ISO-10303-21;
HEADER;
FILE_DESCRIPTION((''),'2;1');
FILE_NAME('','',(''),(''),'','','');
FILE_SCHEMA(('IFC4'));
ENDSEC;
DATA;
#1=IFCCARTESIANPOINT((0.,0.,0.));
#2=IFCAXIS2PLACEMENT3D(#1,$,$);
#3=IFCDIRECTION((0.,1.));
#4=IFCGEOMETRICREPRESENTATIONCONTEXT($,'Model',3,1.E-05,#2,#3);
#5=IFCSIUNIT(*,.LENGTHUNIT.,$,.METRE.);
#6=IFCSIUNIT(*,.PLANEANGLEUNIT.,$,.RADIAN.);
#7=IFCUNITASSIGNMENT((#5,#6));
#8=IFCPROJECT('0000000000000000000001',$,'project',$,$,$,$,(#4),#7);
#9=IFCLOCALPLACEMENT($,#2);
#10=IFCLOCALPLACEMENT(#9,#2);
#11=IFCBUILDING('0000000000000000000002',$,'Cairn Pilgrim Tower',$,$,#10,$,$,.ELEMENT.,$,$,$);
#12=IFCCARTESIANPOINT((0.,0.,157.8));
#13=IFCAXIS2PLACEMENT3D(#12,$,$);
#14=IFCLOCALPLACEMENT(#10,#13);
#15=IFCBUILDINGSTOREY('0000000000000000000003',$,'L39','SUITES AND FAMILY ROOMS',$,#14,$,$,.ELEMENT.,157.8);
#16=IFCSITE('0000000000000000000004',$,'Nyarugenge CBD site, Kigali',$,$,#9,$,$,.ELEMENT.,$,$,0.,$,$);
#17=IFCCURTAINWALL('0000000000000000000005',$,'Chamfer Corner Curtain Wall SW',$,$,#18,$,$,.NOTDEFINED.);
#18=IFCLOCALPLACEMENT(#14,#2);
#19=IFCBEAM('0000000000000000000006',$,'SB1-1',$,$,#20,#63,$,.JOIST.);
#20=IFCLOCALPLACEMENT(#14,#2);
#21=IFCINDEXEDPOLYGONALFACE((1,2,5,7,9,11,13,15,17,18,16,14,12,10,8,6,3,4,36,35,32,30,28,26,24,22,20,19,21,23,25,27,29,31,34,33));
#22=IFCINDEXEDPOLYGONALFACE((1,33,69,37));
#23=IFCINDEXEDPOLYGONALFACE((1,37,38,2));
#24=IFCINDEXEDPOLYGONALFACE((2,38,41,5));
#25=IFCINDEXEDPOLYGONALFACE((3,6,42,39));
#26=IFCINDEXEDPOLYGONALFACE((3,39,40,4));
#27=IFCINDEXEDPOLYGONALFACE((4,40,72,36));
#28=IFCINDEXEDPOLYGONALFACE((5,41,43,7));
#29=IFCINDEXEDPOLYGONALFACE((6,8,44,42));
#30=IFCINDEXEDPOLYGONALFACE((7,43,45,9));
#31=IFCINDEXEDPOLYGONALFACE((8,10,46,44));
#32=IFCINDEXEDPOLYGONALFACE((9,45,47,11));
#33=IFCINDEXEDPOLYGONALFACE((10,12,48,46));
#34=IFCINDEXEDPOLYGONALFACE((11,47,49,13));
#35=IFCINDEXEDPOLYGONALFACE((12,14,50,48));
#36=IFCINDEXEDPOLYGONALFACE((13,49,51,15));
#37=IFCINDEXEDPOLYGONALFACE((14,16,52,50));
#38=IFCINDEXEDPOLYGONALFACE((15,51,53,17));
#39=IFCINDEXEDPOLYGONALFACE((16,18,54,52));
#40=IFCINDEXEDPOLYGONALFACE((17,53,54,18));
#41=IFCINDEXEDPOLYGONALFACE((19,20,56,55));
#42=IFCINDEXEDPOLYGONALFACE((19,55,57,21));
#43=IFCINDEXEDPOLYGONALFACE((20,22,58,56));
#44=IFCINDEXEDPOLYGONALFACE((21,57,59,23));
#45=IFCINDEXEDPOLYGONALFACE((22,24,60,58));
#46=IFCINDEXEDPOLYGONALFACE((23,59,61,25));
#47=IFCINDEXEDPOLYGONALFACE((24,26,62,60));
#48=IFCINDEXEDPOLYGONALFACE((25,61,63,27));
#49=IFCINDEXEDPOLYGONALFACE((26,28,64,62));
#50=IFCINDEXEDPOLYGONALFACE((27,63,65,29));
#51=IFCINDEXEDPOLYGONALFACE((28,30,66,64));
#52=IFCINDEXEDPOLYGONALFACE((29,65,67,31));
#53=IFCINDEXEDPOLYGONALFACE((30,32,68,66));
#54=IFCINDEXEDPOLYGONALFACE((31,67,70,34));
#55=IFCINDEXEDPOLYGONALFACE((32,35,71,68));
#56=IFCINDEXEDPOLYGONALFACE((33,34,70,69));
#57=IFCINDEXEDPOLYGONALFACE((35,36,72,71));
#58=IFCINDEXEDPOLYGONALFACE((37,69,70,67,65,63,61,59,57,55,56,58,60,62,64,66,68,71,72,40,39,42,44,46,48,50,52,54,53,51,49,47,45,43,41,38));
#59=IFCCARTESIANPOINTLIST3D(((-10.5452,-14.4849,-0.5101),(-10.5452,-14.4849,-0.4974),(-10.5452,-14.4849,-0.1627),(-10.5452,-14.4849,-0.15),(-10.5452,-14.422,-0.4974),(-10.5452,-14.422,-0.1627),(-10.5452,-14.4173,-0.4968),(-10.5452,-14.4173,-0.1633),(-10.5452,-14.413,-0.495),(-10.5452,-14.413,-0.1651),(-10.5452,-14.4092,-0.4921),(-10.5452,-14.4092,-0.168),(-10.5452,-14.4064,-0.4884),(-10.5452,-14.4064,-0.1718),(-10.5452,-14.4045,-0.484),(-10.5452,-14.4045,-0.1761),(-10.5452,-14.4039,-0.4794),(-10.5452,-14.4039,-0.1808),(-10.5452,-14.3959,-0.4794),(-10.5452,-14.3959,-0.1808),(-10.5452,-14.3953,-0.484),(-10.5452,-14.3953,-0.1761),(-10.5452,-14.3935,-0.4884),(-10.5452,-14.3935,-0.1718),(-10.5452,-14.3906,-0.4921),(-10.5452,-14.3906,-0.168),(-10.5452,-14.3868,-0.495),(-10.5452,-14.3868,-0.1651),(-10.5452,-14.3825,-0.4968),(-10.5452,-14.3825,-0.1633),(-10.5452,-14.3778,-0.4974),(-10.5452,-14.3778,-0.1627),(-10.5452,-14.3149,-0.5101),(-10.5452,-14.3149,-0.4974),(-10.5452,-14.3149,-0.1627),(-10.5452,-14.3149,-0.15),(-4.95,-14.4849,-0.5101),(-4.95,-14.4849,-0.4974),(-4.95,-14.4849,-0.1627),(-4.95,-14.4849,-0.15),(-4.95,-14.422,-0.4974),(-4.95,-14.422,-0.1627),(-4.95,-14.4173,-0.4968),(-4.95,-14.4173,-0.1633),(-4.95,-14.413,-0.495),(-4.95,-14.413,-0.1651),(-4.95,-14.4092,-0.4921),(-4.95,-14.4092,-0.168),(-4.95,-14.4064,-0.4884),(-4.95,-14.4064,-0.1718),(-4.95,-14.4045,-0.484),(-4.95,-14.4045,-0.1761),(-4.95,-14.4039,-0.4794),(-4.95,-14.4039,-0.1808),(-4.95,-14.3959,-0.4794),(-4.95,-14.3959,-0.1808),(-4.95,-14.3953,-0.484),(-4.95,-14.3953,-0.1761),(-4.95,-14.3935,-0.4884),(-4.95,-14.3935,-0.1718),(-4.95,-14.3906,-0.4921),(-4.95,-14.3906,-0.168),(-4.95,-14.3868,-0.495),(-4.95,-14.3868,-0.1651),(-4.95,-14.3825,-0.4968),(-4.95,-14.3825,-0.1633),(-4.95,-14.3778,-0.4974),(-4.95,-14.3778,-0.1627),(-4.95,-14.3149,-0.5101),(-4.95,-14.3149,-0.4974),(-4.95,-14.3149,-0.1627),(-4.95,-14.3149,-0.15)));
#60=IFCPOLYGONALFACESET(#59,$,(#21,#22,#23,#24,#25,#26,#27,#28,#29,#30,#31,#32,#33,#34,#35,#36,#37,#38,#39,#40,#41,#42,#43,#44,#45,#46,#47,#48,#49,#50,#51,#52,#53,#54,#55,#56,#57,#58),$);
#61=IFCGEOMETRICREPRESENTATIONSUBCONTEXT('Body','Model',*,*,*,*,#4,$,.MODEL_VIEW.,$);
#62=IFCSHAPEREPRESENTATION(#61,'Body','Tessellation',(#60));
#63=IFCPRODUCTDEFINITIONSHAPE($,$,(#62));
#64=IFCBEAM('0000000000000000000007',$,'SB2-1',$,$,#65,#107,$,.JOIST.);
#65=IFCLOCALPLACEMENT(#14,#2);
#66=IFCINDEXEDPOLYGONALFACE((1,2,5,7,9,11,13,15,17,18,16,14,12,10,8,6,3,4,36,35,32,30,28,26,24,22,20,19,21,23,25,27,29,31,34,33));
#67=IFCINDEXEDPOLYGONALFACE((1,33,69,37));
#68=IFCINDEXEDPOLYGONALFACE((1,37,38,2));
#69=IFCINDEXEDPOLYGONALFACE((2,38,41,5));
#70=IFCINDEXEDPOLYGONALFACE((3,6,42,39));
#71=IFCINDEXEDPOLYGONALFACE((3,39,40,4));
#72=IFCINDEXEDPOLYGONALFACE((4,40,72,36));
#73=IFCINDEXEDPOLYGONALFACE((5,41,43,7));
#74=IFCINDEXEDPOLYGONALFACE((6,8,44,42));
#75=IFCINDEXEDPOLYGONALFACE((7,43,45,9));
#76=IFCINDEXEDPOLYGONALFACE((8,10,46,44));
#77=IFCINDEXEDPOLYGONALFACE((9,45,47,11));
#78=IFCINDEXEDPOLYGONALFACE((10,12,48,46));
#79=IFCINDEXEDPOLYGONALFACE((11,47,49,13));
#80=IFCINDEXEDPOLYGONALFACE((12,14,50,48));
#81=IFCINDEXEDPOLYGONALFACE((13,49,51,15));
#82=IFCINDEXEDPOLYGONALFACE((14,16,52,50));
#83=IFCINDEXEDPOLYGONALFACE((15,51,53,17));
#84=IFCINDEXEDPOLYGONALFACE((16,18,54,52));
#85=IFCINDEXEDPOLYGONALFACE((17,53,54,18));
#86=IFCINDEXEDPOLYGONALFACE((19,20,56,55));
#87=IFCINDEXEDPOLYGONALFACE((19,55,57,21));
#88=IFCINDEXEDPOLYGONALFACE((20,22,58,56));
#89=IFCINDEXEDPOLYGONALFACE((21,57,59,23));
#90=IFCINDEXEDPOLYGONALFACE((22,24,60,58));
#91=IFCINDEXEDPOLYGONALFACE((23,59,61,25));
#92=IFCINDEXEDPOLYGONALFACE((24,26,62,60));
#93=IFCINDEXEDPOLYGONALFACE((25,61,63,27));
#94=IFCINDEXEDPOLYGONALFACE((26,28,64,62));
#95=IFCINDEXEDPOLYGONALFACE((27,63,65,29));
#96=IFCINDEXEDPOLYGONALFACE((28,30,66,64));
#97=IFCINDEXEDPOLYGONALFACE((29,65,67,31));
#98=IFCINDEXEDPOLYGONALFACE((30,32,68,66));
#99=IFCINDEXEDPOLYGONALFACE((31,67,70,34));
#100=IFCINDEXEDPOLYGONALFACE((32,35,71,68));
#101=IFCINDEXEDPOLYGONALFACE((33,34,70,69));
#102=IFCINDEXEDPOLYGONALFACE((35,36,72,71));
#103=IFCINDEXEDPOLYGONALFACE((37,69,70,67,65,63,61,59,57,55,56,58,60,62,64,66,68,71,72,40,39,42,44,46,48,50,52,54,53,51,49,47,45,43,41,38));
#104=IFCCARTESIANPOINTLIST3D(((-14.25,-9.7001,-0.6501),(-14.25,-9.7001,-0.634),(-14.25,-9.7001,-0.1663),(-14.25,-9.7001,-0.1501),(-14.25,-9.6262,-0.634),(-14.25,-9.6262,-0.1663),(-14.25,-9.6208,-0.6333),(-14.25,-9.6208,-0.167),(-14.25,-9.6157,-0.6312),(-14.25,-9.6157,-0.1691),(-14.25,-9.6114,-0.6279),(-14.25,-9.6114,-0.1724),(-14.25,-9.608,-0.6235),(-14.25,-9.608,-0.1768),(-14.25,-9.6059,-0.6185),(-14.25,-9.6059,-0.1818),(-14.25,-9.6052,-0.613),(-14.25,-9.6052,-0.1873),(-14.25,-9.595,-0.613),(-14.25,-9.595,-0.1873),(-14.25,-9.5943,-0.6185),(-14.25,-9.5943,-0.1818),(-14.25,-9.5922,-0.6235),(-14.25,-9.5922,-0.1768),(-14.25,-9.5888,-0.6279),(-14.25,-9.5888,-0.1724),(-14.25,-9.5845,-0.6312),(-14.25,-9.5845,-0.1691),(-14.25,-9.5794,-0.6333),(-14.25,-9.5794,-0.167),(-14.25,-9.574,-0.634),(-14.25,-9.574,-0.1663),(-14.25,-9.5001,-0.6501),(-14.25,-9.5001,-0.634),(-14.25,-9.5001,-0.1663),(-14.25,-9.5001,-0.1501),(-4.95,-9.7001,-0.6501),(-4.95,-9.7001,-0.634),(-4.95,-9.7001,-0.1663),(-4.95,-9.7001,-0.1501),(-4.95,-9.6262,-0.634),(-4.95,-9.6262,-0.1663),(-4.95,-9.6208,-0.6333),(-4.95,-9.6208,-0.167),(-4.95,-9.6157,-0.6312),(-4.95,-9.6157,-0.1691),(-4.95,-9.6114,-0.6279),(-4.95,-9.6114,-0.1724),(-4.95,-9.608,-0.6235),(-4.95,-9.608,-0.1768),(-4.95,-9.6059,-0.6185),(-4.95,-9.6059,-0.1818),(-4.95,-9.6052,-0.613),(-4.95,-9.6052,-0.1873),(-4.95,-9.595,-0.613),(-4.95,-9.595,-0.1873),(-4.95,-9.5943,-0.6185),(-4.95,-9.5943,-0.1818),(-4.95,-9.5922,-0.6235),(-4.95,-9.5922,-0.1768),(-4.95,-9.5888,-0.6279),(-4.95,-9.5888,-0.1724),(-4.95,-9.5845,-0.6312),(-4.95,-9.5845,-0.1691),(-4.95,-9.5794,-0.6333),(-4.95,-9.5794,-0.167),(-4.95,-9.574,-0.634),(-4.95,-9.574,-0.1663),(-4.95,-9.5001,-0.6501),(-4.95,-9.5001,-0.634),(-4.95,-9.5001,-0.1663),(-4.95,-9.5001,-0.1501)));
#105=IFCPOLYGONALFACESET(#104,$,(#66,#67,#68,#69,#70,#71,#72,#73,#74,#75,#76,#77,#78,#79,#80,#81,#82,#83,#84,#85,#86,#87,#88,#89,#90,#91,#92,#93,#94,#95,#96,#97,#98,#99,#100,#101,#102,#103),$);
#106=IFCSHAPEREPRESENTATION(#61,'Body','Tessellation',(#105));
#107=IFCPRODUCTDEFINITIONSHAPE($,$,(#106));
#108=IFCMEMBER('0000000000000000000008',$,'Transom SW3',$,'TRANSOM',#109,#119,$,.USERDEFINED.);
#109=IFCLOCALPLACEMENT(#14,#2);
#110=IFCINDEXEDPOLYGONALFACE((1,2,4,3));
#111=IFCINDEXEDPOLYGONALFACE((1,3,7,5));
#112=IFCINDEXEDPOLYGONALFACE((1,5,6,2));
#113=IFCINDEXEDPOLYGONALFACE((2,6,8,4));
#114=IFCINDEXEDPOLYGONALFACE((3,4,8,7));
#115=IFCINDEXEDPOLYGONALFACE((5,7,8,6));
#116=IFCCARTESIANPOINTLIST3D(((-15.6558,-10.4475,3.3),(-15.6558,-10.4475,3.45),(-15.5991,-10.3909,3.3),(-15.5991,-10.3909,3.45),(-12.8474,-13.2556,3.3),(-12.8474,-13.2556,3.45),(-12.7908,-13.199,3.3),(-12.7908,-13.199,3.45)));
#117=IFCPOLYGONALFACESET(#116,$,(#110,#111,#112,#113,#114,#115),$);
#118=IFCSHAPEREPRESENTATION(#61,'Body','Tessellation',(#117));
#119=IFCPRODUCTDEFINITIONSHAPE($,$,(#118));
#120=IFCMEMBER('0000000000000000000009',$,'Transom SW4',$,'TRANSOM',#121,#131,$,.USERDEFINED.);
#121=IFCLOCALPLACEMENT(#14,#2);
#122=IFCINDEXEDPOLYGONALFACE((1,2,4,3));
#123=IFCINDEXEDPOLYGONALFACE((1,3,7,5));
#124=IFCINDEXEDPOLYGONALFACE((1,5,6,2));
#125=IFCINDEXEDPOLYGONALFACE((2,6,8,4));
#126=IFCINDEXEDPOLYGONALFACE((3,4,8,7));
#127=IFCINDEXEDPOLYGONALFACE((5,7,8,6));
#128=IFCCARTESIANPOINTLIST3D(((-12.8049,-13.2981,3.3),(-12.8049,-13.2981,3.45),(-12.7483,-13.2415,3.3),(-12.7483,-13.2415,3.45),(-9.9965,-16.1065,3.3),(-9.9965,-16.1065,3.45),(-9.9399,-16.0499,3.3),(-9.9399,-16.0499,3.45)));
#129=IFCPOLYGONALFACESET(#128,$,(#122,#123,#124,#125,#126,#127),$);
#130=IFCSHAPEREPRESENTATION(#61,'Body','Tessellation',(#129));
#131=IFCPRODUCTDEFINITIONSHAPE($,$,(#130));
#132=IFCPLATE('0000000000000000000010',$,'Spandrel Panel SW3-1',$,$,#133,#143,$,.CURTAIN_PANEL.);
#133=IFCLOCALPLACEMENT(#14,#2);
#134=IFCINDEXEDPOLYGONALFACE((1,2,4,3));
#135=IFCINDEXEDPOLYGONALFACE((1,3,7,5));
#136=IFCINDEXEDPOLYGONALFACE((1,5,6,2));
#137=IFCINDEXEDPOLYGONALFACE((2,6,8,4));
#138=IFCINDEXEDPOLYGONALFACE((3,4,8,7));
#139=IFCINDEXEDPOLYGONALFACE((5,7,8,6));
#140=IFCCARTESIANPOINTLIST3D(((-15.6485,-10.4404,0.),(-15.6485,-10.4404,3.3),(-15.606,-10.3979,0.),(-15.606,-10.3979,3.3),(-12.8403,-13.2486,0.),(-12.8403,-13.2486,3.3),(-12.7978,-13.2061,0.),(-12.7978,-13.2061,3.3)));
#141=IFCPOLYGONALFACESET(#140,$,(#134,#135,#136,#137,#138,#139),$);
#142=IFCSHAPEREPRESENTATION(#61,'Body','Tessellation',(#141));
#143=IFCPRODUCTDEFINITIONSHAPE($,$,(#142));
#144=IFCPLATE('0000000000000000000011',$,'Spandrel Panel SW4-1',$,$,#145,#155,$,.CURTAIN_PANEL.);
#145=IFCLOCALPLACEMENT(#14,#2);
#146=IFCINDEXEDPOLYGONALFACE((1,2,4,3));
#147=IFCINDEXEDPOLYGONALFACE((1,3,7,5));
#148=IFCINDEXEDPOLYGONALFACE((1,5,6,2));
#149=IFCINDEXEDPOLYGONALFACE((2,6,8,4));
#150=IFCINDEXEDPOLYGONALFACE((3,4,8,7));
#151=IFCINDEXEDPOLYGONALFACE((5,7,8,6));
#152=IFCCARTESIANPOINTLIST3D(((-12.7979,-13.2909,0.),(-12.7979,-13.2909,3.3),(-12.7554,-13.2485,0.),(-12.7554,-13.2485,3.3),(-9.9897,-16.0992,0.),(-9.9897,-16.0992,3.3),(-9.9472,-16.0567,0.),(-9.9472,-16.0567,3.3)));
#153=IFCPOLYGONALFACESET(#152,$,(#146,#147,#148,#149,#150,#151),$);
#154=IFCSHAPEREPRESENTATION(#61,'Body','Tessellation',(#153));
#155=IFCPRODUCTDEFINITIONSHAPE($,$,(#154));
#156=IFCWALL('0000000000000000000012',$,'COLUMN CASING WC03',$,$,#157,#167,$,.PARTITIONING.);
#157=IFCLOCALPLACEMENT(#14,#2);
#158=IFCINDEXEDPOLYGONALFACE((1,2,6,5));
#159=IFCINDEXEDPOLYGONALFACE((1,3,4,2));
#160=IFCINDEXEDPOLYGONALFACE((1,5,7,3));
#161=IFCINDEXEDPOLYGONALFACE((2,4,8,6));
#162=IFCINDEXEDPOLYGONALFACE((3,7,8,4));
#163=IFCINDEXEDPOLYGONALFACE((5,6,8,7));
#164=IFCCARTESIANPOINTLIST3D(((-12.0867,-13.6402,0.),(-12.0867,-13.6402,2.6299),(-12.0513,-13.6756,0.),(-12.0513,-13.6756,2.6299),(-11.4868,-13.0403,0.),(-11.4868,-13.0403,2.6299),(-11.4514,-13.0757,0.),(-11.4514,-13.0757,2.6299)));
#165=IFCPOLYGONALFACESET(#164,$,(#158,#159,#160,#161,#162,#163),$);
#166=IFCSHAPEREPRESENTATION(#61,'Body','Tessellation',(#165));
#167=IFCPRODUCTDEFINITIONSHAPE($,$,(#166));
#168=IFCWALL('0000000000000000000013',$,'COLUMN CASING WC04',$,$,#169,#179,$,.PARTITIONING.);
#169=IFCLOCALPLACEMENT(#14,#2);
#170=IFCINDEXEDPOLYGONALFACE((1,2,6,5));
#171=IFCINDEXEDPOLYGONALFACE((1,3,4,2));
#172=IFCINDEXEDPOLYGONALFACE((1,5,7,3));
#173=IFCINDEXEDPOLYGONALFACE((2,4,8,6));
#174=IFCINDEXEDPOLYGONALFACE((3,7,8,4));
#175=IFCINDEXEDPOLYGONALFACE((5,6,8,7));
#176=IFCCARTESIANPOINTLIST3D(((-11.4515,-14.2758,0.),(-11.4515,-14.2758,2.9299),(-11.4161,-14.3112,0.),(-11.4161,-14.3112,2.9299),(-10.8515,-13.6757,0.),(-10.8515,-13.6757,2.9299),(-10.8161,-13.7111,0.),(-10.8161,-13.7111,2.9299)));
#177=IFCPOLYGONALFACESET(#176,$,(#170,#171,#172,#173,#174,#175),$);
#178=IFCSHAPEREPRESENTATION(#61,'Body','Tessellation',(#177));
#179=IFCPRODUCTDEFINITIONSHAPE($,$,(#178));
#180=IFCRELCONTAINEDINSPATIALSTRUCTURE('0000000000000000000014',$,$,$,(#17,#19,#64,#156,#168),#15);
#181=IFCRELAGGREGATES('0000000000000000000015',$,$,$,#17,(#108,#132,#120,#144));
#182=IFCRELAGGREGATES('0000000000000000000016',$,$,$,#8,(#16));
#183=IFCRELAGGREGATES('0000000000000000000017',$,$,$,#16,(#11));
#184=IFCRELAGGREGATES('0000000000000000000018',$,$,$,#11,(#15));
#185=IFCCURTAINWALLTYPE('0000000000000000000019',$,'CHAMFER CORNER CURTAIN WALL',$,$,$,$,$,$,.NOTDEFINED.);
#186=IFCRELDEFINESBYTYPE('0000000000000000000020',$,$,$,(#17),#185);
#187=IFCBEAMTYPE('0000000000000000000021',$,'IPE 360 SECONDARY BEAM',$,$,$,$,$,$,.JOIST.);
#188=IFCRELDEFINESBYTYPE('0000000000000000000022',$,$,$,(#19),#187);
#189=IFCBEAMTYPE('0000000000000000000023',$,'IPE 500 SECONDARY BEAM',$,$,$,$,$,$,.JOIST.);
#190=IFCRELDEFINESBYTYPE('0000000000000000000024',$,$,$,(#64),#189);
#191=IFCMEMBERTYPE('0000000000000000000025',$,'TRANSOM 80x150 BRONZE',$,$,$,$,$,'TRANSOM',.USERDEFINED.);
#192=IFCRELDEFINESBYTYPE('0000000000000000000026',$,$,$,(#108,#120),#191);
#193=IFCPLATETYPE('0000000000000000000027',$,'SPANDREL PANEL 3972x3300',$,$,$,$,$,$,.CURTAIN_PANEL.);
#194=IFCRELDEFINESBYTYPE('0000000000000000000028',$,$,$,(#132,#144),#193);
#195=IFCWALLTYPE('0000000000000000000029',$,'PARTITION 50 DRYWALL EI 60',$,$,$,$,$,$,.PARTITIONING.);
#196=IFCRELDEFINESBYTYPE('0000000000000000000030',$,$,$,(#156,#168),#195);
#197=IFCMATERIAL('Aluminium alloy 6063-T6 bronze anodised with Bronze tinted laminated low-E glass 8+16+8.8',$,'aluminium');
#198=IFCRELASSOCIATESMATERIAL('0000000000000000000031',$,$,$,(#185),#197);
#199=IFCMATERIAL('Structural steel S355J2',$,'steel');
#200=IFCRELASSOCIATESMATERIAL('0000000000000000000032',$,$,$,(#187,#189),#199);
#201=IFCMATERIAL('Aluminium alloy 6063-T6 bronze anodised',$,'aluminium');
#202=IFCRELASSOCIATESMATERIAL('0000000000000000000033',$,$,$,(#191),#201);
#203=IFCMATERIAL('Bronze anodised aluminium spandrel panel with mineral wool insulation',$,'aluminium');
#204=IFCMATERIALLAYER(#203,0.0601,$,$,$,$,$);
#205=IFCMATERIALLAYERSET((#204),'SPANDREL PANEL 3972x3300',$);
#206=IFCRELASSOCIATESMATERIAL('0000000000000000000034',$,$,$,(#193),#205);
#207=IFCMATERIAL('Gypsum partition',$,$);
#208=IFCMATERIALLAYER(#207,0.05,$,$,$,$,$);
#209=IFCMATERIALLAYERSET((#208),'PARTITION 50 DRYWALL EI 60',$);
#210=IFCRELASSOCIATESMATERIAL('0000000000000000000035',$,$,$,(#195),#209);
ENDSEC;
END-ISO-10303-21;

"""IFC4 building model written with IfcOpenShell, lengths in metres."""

from ifc_helpers import new_model, si_unit, direction, frame, frame_2d, origin, origin_2d, place, context, subcontext, project, spatial, rectangle, i_section, extrude, material, layer, layer_set, material_profile, profile_set, type_object, element, aggregate, save


model = new_model("IFC4")

# Units and contexts
model_context = context("Model", 3, precision=1e-05, world=origin(), true_north=direction((0.0, 1.0)))
body_context = subcontext(model_context, "Body", "Model", "MODEL_VIEW")
ifc_project = project(units=[si_unit("LENGTHUNIT", "METRE"), si_unit("PLANEANGLEUNIT", "RADIAN")], contexts=[model_context])

# Site, building, storey
site_placement = place(None, origin())
site = spatial("IfcSite", under=ifc_project, at=site_placement, Name="Nyarugenge CBD site, Kigali", CompositionType="ELEMENT", RefElevation=0.0)
building_placement = place(site_placement, origin())
building = spatial("IfcBuilding", under=site, at=building_placement, Name="Cairn Pilgrim Tower", CompositionType="ELEMENT")
storey_placement = place(building_placement, frame((0.0, 0.0, 157.8)))
storey = spatial("IfcBuildingStorey", under=building, at=storey_placement, Name="L39", Description="SUITES AND FAMILY ROOMS", CompositionType="ELEMENT", Elevation=157.8)

# Shared definitions
ifc_material_1 = material(Name="Structural steel S355J2", Category="steel")

# Shared definitions
ifc_material_2 = material(Name="Aluminium alloy 6063-T6 bronze anodised with Bronze tinted laminated low-E glass 8+16+8.8", Category="aluminium")
ifc_material_3 = material(Name="Aluminium alloy 6063-T6 bronze anodised", Category="aluminium")

# Curtain wall
curtain_wall_type_1 = type_object("IfcCurtainWallType", Name="CHAMFER CORNER CURTAIN WALL", PredefinedType="NOTDEFINED", material=ifc_material_2)
curtain_wall_1_placement = place(storey_placement, origin())
curtain_wall_1 = element("IfcCurtainWall", 1, at=curtain_wall_1_placement, inside=storey, type_object=curtain_wall_type_1, Name="Chamfer Corner Curtain Wall SW", PredefinedType="NOTDEFINED")

# Beams
ifc_material_profile_1 = material_profile(ifc_material_1, i_section(OverallWidth=0.1699, OverallDepth=0.3601, WebThickness=0.0081, FlangeThickness=0.0127, FilletRadius=0.0181, at=origin_2d()), Name="IPE 360")
ifc_profile_set_1 = profile_set([ifc_material_profile_1], Name="Structural steel S355J2")
beam_type_1 = type_object("IfcBeamType", Name="IPE 360 SECONDARY BEAM", PredefinedType="JOIST", material=ifc_profile_set_1)
beam_1_placement = place(storey_placement, frame((-10.5452, -14.3999, -0.3301), z_axis=(1.0, 0.0, 0.0), x_axis=(0.0, 1.0, 0.0)))
element("IfcBeam", 2, at=beam_1_placement, inside=storey, type_object=beam_type_1, Name="SB1-1", PredefinedType="JOIST", context=body_context, shape_type="SweptSolid", body=[
    extrude(i_section(OverallWidth=0.1699, OverallDepth=0.3601, WebThickness=0.0081, FlangeThickness=0.0127, FilletRadius=0.0181, at=origin_2d()), origin(), (0.0, 0.0, 1.0), 5.5952),
])
ifc_material_profile_2 = material_profile(ifc_material_1, i_section(OverallWidth=0.2, OverallDepth=0.5, WebThickness=0.0103, FlangeThickness=0.0161, FilletRadius=0.021, at=origin_2d()), Name="IPE 500")
ifc_profile_set_2 = profile_set([ifc_material_profile_2], Name="Structural steel S355J2")
beam_type_2 = type_object("IfcBeamType", Name="IPE 500 SECONDARY BEAM", PredefinedType="JOIST", material=ifc_profile_set_2)
beam_2_placement = place(storey_placement, frame((-14.25, -9.6001, -0.4001), z_axis=(1.0, 0.0, 0.0), x_axis=(0.0, 1.0, 0.0)))
element("IfcBeam", 3, at=beam_2_placement, inside=storey, type_object=beam_type_2, Name="SB2-1", PredefinedType="JOIST", context=body_context, shape_type="SweptSolid", body=[
    extrude(i_section(OverallWidth=0.2, OverallDepth=0.5, WebThickness=0.0103, FlangeThickness=0.0161, FilletRadius=0.021, at=origin_2d()), origin(), (0.0, 0.0, 1.0), 9.3),
])

# Members
ifc_material_profile_3 = material_profile(ifc_material_3, rectangle(XDim=0.0801, YDim=0.1499, at=origin_2d()), Name="TRANSOM 80x150 BRONZE")
ifc_profile_set_3 = profile_set([ifc_material_profile_3], Name="Aluminium alloy 6063-T6 bronze anodised")
member_type_1 = type_object("IfcMemberType", Name="TRANSOM 80x150 BRONZE", ElementType="TRANSOM", PredefinedType="USERDEFINED", material=ifc_profile_set_3)
member_1_placement = place(storey_placement, frame((-15.6274, -10.4192, 3.375), z_axis=(0.707138, -0.707076, 0.0), x_axis=(0.707076, 0.707138, 0.0)))
member_1 = element("IfcMember", 4, at=member_1_placement, type_object=member_type_1, Name="Transom SW3", ObjectType="TRANSOM", PredefinedType="USERDEFINED", context=body_context, shape_type="SweptSolid", body=[
    extrude(rectangle(XDim=0.0801, YDim=0.1499, at=origin_2d()), origin(), (0.0, 0.0, 1.0), 3.9714),
])
member_2_placement = place(storey_placement, frame((-12.7766, -13.2698, 3.375), z_axis=(0.707107, -0.707107, 0.0), x_axis=(0.707107, 0.707107, 0.0)))
member_2 = element("IfcMember", 5, at=member_2_placement, type_object=member_type_1, Name="Transom SW4", ObjectType="TRANSOM", PredefinedType="USERDEFINED", context=body_context, shape_type="SweptSolid", body=[
    extrude(rectangle(XDim=0.0801, YDim=0.1499, at=origin_2d()), origin(), (0.0, 0.0, 1.0), 3.9717),
])

# Plates
ifc_material_4 = material(Name="Bronze anodised aluminium spandrel panel with mineral wool insulation", Category="aluminium")
ifc_layer_1 = layer(ifc_material_4, 0.0601)
ifc_layer_set_1 = layer_set([ifc_layer_1], Name="SPANDREL PANEL 3972x3300")
plate_type = type_object("IfcPlateType", Name="SPANDREL PANEL 3972x3300", PredefinedType="CURTAIN_PANEL", material=ifc_layer_set_1)
plate_1_placement = place(storey_placement, frame((-14.2231, -11.8232, 0.0), z_axis=(0.0, 0.0, 1.0), x_axis=(0.707107, -0.707107, 0.0)))
plate_1 = element("IfcPlate", 6, at=plate_1_placement, type_object=plate_type, Name="Spandrel Panel SW3-1", PredefinedType="CURTAIN_PANEL", context=body_context, shape_type="SweptSolid", body=[
    extrude(rectangle(XDim=3.9714, YDim=0.0601, at=origin_2d()), origin(), (0.0, 0.0, 1.0), 3.3),
])
plate_2_placement = place(storey_placement, frame((-11.3726, -14.6738, 0.0), z_axis=(0.0, 0.0, 1.0), x_axis=(0.707107, -0.707107, 0.0)))
plate_2 = element("IfcPlate", 7, at=plate_2_placement, type_object=plate_type, Name="Spandrel Panel SW4-1", PredefinedType="CURTAIN_PANEL", context=body_context, shape_type="SweptSolid", body=[
    extrude(rectangle(XDim=3.9714, YDim=0.0601, at=origin_2d()), origin(), (0.0, 0.0, 1.0), 3.3),
])
aggregate(curtain_wall_1, [member_1, plate_1, member_2, plate_2])

# Walls
ifc_material_5 = material(Name="Gypsum partition")
ifc_layer_2 = layer(ifc_material_5, 0.05)
ifc_layer_set_2 = layer_set([ifc_layer_2], Name="PARTITION 50 DRYWALL EI 60")
wall_type_1 = type_object("IfcWallType", Name="PARTITION 50 DRYWALL EI 60", PredefinedType="PARTITIONING", material=ifc_layer_set_2)
wall_1_placement = place(storey_placement, frame((-12.0691, -13.658, 0.0), z_axis=(0.0, 0.0, 1.0), x_axis=(0.707107, 0.707107, 0.0)))
element("IfcWall", 8, at=wall_1_placement, inside=storey, type_object=wall_type_1, Name="COLUMN CASING WC03", PredefinedType="PARTITIONING", context=body_context, shape_type="SweptSolid", body=[
    extrude(rectangle(XDim=0.8484, YDim=0.05, at=frame_2d((0.4243, 0.0))), origin(), (0.0, 0.0, 1.0), 2.6299),
])
wall_2_placement = place(storey_placement, frame((-11.4338, -14.2935, 0.0), z_axis=(0.0, 0.0, 1.0), x_axis=(0.707107, 0.707107, 0.0)))
element("IfcWall", 9, at=wall_2_placement, inside=storey, type_object=wall_type_1, Name="COLUMN CASING WC04", PredefinedType="PARTITIONING", context=body_context, shape_type="SweptSolid", body=[
    extrude(rectangle(XDim=0.8486, YDim=0.05, at=frame_2d((0.4243, 0.0))), origin(), (0.0, 0.0, 1.0), 2.9299),
])

save(model, "model.ifc")
